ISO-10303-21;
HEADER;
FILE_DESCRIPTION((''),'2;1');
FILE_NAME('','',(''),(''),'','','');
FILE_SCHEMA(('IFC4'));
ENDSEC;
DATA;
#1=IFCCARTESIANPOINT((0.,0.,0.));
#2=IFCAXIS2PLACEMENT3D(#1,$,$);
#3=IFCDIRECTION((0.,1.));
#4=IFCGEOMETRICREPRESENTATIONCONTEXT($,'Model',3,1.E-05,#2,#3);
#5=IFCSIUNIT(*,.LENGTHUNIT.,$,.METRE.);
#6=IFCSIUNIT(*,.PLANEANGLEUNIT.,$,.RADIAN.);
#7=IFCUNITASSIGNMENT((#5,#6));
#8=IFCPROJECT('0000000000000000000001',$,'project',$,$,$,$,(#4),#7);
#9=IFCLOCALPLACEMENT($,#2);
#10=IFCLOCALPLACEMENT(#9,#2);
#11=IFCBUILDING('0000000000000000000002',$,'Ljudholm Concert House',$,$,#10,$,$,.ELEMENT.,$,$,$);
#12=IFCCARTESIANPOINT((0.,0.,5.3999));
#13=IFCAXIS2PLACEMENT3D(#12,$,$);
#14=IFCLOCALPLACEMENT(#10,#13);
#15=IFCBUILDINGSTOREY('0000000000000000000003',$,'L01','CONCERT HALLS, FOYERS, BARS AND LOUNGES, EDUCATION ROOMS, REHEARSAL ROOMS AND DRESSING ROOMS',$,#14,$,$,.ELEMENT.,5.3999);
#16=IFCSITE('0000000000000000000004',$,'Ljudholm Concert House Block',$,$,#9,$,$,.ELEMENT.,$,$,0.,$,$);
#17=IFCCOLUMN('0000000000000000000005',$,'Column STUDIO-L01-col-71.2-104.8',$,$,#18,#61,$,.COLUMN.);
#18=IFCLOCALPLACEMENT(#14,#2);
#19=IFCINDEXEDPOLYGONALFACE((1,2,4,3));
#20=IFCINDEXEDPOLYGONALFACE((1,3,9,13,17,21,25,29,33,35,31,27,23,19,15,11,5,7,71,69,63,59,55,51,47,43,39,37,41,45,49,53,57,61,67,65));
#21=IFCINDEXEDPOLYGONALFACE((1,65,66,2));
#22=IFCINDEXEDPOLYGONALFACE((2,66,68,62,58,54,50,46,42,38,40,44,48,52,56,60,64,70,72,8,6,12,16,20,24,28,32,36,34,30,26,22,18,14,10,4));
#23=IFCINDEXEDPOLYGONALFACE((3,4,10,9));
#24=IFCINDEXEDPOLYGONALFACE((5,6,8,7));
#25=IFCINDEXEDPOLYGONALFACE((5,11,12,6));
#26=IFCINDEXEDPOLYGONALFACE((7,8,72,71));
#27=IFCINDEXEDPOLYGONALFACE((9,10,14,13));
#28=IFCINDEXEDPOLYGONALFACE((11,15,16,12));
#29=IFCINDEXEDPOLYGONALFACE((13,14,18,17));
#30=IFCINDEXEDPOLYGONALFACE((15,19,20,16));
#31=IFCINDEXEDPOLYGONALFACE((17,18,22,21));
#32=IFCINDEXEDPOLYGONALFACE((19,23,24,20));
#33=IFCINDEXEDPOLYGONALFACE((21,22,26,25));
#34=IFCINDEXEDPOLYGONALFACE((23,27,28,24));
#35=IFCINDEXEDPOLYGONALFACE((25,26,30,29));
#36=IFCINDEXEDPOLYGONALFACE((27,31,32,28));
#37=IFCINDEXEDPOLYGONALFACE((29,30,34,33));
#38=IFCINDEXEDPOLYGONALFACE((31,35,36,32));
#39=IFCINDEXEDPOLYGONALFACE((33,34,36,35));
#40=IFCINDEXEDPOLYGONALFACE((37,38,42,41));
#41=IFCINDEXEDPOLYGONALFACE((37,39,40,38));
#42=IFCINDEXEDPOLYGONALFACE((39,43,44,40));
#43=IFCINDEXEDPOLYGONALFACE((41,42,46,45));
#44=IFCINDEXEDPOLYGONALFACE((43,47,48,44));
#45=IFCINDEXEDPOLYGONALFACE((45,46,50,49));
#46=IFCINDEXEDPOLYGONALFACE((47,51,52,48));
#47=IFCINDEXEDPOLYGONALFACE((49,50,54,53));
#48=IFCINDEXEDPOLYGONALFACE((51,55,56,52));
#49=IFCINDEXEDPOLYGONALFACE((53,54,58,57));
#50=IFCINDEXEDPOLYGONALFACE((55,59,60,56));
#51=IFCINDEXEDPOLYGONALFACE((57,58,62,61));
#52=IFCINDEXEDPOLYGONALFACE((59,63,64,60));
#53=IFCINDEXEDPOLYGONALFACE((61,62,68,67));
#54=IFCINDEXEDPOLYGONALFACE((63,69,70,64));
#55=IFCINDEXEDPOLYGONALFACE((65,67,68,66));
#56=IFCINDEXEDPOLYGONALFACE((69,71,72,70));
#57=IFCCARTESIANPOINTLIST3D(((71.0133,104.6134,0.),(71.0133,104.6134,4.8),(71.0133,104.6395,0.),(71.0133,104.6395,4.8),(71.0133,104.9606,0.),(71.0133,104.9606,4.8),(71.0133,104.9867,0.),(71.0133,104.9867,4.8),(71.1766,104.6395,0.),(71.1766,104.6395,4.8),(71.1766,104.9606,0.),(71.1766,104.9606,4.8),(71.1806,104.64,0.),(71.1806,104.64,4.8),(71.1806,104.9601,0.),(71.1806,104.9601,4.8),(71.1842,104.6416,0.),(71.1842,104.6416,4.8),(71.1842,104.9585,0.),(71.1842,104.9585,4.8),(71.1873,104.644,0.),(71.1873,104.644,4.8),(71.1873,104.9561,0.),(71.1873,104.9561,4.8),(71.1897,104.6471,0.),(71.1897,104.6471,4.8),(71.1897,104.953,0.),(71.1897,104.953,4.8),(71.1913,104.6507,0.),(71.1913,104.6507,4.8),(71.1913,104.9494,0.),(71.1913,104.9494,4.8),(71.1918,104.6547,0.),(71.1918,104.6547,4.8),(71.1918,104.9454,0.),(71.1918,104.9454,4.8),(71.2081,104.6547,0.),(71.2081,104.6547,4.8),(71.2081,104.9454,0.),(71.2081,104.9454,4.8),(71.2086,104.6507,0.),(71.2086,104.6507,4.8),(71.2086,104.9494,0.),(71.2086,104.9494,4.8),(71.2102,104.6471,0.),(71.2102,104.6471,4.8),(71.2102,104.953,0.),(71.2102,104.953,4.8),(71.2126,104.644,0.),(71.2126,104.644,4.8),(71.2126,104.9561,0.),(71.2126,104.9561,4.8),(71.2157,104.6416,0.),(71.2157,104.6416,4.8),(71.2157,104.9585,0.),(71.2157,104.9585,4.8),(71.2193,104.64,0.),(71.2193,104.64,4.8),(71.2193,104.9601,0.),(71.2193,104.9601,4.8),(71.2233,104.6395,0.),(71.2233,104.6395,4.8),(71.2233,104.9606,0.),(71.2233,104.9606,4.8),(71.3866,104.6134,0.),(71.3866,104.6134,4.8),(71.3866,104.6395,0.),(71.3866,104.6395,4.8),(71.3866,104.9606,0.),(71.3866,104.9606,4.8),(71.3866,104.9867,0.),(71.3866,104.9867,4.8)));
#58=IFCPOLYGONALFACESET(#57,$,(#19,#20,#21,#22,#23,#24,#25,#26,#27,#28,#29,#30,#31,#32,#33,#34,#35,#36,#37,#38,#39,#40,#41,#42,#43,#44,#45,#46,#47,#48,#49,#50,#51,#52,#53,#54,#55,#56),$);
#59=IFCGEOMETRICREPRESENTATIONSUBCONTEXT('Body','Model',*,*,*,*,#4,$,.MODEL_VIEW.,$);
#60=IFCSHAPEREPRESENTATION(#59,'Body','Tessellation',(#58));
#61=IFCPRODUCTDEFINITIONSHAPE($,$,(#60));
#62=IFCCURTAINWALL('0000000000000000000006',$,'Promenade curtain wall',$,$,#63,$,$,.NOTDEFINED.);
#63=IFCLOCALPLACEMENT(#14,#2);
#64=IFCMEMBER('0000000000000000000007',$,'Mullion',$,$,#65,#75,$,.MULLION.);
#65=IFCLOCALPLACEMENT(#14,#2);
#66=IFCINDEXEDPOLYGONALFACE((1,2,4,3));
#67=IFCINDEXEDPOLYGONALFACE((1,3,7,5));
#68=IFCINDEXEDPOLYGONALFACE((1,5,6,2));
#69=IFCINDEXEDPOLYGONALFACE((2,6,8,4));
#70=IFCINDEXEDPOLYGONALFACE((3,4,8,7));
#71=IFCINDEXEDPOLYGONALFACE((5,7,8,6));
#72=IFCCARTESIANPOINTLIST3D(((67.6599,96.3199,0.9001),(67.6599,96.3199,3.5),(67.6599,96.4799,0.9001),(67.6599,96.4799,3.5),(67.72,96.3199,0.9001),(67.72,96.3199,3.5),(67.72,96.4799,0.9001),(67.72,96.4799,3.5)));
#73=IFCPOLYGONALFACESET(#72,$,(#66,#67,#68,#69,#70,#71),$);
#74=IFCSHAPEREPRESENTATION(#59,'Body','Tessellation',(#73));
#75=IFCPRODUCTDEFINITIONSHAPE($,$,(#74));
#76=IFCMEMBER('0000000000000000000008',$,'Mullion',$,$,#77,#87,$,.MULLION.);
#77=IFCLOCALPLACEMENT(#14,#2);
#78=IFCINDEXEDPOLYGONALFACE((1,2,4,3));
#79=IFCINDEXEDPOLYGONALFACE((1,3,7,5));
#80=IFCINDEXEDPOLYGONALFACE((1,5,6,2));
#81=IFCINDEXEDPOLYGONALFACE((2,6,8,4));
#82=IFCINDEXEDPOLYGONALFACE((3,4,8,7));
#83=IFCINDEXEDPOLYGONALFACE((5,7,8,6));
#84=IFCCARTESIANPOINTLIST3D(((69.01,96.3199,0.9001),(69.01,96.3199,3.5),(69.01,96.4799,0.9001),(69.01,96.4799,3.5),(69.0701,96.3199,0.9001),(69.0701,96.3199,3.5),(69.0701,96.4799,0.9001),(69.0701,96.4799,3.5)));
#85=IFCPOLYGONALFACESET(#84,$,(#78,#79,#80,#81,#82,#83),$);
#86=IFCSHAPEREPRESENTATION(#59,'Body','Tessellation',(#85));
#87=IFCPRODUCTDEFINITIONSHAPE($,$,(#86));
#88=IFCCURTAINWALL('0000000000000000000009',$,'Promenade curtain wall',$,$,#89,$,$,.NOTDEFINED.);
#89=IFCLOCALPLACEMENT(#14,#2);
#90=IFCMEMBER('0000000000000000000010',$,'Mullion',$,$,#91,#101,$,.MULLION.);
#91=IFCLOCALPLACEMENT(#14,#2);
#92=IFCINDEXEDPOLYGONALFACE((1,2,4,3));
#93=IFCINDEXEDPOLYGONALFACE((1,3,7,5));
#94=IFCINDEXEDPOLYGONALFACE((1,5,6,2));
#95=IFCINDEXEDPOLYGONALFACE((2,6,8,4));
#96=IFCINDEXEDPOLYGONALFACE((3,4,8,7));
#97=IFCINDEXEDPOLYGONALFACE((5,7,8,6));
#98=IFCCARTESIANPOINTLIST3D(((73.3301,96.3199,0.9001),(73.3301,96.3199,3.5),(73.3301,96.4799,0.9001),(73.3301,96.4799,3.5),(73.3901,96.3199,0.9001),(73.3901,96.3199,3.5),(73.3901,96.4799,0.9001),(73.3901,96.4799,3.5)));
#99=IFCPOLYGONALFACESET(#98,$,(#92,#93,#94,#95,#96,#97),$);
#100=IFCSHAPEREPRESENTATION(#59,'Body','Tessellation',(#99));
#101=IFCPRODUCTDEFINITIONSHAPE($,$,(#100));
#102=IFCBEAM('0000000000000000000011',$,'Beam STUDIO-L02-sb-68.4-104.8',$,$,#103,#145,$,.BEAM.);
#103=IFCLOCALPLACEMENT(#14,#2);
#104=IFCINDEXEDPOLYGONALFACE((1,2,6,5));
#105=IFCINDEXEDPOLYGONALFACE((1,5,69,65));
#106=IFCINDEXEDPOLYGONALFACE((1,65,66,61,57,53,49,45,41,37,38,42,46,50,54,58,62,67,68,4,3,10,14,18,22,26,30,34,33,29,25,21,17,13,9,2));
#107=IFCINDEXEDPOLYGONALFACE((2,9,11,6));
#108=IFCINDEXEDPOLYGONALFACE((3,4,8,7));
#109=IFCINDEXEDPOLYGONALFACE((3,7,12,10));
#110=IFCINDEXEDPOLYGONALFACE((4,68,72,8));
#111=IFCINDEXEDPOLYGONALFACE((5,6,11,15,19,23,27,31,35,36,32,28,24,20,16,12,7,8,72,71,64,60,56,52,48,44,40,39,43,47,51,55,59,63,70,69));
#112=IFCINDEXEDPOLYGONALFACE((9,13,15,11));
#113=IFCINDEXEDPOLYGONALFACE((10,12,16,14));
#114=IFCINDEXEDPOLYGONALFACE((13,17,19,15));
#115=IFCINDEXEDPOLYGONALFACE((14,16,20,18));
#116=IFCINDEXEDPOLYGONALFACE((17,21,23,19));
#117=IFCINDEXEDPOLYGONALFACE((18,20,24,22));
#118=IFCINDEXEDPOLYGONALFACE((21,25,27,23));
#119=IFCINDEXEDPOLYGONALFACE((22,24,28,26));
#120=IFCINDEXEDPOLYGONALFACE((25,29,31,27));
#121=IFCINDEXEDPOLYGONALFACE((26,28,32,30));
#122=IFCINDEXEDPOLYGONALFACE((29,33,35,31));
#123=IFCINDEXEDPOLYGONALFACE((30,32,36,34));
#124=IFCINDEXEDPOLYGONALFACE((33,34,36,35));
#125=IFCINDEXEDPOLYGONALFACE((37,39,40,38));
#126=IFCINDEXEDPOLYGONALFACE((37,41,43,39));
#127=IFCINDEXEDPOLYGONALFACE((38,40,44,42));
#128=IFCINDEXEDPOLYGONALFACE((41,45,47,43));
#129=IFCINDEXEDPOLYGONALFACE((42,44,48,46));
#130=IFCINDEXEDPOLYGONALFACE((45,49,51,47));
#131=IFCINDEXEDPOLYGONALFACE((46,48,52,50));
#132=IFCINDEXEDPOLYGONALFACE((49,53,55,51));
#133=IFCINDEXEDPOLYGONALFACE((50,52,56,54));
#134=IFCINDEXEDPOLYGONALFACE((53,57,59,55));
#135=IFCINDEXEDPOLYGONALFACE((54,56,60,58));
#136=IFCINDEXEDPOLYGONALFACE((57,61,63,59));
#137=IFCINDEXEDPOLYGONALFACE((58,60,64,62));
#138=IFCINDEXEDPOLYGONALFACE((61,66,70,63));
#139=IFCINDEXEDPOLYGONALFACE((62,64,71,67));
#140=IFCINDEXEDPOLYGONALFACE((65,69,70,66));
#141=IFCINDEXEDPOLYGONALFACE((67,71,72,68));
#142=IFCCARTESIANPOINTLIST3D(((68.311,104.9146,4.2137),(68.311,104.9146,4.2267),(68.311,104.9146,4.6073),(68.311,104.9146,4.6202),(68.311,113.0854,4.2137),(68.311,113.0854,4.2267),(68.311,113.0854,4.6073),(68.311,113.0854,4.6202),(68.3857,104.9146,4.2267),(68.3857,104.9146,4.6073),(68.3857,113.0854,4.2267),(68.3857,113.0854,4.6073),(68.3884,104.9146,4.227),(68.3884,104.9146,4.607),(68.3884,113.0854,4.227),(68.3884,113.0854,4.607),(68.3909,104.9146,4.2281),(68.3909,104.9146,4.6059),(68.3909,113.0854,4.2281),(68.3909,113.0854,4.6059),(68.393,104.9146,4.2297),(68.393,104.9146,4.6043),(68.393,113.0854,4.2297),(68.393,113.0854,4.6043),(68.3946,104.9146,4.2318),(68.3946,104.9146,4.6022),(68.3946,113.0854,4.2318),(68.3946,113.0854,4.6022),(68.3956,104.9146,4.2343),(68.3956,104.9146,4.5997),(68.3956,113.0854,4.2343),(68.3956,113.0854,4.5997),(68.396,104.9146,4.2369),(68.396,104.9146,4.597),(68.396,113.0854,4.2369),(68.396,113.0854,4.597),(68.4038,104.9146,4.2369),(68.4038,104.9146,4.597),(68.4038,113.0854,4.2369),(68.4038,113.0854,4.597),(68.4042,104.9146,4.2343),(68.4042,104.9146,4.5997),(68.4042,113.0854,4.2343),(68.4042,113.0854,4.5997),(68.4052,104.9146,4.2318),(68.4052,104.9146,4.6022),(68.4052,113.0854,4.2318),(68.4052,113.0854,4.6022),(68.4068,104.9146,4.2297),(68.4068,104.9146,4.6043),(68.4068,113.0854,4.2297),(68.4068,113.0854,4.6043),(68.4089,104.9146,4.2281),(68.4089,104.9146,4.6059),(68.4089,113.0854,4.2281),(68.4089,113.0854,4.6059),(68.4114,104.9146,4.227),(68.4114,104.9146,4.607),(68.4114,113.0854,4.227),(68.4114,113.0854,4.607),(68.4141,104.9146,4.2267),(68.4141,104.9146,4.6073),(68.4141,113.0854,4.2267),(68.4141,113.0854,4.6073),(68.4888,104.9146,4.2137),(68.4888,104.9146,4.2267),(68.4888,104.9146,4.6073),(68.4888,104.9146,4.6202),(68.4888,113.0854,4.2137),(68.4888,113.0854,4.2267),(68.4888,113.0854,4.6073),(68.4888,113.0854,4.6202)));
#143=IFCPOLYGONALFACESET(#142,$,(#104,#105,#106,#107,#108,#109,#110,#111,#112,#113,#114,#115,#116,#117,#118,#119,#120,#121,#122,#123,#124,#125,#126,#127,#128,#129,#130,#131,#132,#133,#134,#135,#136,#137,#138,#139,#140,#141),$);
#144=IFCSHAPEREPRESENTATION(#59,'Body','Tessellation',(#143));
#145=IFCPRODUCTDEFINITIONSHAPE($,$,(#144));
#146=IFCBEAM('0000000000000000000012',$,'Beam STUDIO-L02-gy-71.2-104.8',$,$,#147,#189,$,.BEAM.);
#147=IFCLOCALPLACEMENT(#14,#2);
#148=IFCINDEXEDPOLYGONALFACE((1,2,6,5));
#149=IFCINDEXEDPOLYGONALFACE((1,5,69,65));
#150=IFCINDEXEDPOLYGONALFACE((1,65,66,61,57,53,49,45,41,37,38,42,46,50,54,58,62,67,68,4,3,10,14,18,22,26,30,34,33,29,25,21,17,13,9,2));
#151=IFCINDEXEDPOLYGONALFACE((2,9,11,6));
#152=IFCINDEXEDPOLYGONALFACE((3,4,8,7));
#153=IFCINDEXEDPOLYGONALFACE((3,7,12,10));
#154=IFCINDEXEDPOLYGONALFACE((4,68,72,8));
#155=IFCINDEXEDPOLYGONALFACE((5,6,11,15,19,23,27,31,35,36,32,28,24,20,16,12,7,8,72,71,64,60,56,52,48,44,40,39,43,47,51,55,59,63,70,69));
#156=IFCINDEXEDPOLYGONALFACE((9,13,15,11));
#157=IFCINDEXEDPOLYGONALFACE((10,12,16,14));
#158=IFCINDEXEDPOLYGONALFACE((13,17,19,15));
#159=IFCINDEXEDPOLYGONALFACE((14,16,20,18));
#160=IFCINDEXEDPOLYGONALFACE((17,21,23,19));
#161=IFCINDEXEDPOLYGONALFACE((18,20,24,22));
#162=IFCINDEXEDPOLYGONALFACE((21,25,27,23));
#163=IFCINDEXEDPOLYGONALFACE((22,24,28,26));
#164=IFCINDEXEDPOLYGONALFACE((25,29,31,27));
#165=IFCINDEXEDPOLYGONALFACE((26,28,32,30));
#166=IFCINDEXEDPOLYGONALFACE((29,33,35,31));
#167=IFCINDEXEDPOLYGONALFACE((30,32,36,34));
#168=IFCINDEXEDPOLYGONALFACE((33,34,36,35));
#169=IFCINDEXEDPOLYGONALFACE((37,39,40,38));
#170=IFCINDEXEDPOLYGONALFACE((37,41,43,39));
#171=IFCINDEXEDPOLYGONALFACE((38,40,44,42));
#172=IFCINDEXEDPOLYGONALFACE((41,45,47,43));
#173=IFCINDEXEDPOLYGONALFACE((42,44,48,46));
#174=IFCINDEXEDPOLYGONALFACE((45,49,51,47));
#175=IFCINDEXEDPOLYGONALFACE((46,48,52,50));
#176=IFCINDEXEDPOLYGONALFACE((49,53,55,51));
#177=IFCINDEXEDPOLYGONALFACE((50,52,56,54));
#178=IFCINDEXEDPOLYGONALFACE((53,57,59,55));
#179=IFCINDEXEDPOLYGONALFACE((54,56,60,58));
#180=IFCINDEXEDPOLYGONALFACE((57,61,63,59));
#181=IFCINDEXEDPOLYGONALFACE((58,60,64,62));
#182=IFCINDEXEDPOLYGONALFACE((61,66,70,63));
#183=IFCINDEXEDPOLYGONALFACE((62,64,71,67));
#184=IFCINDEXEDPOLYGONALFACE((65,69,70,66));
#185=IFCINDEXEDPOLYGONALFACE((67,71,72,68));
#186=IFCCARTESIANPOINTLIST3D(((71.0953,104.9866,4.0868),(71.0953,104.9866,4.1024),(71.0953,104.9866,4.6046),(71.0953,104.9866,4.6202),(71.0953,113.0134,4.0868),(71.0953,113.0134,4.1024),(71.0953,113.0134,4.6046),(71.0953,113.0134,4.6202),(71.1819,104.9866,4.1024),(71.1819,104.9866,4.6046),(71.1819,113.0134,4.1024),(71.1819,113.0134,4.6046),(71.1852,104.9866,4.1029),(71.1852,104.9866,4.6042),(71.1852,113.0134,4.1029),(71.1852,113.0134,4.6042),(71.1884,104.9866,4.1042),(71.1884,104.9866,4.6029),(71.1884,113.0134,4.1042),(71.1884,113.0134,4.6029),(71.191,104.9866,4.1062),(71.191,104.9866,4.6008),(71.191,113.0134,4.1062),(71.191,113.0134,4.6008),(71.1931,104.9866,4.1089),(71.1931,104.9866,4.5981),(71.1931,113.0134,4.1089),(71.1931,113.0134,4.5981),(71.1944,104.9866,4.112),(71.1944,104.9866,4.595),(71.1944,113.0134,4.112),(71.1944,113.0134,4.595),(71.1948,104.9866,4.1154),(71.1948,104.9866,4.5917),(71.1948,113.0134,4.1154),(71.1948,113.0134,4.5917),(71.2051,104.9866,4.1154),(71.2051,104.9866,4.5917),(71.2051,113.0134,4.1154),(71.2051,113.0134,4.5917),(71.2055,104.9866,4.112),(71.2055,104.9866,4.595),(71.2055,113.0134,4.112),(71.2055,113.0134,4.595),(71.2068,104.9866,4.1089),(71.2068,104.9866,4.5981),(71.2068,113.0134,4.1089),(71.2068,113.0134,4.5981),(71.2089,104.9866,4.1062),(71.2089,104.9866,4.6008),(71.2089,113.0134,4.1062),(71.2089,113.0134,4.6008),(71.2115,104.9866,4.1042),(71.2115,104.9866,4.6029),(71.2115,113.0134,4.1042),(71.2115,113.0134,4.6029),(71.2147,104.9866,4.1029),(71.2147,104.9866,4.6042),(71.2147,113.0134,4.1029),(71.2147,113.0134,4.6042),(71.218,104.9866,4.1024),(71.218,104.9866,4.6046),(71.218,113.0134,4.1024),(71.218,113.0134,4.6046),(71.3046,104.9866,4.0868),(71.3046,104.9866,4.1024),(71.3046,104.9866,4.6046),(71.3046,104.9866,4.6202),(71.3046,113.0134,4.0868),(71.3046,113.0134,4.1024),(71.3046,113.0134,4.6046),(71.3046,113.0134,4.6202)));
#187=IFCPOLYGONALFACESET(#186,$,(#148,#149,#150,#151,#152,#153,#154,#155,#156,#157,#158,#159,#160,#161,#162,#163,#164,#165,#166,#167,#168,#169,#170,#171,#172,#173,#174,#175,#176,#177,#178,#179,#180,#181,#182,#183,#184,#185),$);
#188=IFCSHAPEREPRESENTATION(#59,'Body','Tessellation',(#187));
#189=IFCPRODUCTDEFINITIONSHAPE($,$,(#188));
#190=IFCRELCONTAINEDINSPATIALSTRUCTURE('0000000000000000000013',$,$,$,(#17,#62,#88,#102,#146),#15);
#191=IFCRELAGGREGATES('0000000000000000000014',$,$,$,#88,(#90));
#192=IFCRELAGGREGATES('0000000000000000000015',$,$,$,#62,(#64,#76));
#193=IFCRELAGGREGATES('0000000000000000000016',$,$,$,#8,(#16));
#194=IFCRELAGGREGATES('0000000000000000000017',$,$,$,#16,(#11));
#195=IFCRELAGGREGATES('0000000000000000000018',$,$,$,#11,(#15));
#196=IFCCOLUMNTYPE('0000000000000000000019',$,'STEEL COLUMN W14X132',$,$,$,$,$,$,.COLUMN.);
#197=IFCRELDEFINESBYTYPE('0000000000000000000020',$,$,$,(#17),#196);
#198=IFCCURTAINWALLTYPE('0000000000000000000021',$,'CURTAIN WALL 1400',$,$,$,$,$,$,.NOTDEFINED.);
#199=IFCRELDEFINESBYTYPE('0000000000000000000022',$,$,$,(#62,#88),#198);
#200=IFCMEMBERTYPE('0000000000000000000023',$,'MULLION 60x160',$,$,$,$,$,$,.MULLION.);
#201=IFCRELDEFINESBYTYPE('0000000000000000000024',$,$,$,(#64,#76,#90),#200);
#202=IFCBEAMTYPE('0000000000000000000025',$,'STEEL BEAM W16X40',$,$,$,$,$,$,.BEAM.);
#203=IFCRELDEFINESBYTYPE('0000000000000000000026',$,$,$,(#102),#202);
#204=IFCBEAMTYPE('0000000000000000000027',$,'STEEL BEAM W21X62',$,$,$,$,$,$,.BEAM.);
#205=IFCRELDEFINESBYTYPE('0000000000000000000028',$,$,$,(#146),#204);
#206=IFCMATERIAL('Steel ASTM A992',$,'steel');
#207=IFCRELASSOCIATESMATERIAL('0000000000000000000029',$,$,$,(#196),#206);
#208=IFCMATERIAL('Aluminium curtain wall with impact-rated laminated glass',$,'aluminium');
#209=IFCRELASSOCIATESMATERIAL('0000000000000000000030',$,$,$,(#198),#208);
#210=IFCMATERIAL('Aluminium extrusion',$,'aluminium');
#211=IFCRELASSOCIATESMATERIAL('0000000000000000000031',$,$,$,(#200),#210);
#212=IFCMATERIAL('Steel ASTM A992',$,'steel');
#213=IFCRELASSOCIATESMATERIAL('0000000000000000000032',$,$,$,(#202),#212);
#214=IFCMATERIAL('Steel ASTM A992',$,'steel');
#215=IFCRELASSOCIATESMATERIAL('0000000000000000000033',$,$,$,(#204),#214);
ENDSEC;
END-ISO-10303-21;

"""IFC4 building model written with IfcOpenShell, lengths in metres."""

from ifc_helpers import new_model, si_unit, direction, frame, origin, origin_2d, place, context, subcontext, project, spatial, rectangle, i_section, extrude, material, material_profile, profile_set, type_object, element, aggregate, save


model = new_model("IFC4")

# Units and contexts
model_context = context("Model", 3, precision=1e-05, world=origin(), true_north=direction((0.0, 1.0)))
body_context = subcontext(model_context, "Body", "Model", "MODEL_VIEW")
ifc_project = project(units=[si_unit("LENGTHUNIT", "METRE"), si_unit("PLANEANGLEUNIT", "RADIAN")], contexts=[model_context])

# Site, building, storey
site_placement = place(None, origin())
site = spatial("IfcSite", under=ifc_project, at=site_placement, Name="Ljudholm Concert House Block", CompositionType="ELEMENT", RefElevation=0.0)
building_placement = place(site_placement, origin())
building = spatial("IfcBuilding", under=site, at=building_placement, Name="Ljudholm Concert House", CompositionType="ELEMENT")
storey_placement = place(building_placement, frame((0.0, 0.0, 5.3999)))
storey = spatial("IfcBuildingStorey", under=building, at=storey_placement, Name="L01", Description="CONCERT HALLS, FOYERS, BARS AND LOUNGES, EDUCATION ROOMS, REHEARSAL ROOMS AND DRESSING ROOMS", CompositionType="ELEMENT", Elevation=5.3999)

# Column
ifc_material_1 = material(Name="Steel ASTM A992", Category="steel")
ifc_material_profile_1 = material_profile(ifc_material_1, i_section(OverallWidth=0.3733, OverallDepth=0.3733, WebThickness=0.0164, FlangeThickness=0.0261, FilletRadius=0.0151, at=origin_2d()), Name="W14X132")
ifc_profile_set_1 = profile_set([ifc_material_profile_1], Name="Steel ASTM A992")
column_type = type_object("IfcColumnType", Name="STEEL COLUMN W14X132", PredefinedType="COLUMN", material=ifc_profile_set_1)
column_placement = place(storey_placement, frame((71.2, 104.8, 0.0), z_axis=(0.0, 0.0, 1.0), x_axis=(1.0, 0.0, 0.0)))
element("IfcColumn", 1, at=column_placement, inside=storey, type_object=column_type, Name="Column STUDIO-L01-col-71.2-104.8", PredefinedType="COLUMN", context=body_context, shape_type="SweptSolid", body=[
    extrude(i_section(OverallWidth=0.3733, OverallDepth=0.3733, WebThickness=0.0164, FlangeThickness=0.0261, FilletRadius=0.0151, at=origin_2d()), origin(), (0.0, 0.0, 1.0), 4.8),
])

# Curtain wall, members
ifc_material_2 = material(Name="Aluminium curtain wall with impact-rated laminated glass", Category="aluminium")
curtain_wall_type = type_object("IfcCurtainWallType", Name="CURTAIN WALL 1400", PredefinedType="NOTDEFINED", material=ifc_material_2)
curtain_wall_1_placement = place(storey_placement, origin())
curtain_wall_1 = element("IfcCurtainWall", 2, at=curtain_wall_1_placement, inside=storey, type_object=curtain_wall_type, Name="Promenade curtain wall", PredefinedType="NOTDEFINED")
ifc_material_3 = material(Name="Aluminium extrusion", Category="aluminium")
ifc_material_profile_2 = material_profile(ifc_material_3, rectangle(XDim=0.1599, YDim=0.0601, at=origin_2d()), Name="MULLION 60x160")
ifc_profile_set_2 = profile_set([ifc_material_profile_2], Name="Aluminium extrusion")
member_type_1 = type_object("IfcMemberType", Name="MULLION 60x160", PredefinedType="MULLION", material=ifc_profile_set_2)
member_1_placement = place(storey_placement, frame((67.6899, 96.3999, 0.9001), z_axis=(0.0, 0.0, 1.0), x_axis=(0.0, 1.0, 0.0)))
member_1 = element("IfcMember", 3, at=member_1_placement, type_object=member_type_1, Name="Mullion", PredefinedType="MULLION", context=body_context, shape_type="SweptSolid", body=[
    extrude(rectangle(XDim=0.1599, YDim=0.0601, at=origin_2d()), origin(), (0.0, 0.0, 1.0), 2.5999),
])
member_2_placement = place(storey_placement, frame((69.04, 96.3999, 0.9001), z_axis=(0.0, 0.0, 1.0), x_axis=(0.0, 1.0, 0.0)))
member_2 = element("IfcMember", 4, at=member_2_placement, type_object=member_type_1, Name="Mullion", PredefinedType="MULLION", context=body_context, shape_type="SweptSolid", body=[
    extrude(rectangle(XDim=0.1599, YDim=0.0601, at=origin_2d()), origin(), (0.0, 0.0, 1.0), 2.5999),
])

# Curtain wall, member
curtain_wall_2_placement = place(storey_placement, origin())
curtain_wall_2 = element("IfcCurtainWall", 5, at=curtain_wall_2_placement, inside=storey, type_object=curtain_wall_type, Name="Promenade curtain wall", PredefinedType="NOTDEFINED")
member_3_placement = place(storey_placement, frame((73.3601, 96.3999, 0.9001), z_axis=(0.0, 0.0, 1.0), x_axis=(0.0, 1.0, 0.0)))
member_3 = element("IfcMember", 6, at=member_3_placement, type_object=member_type_1, Name="Mullion", PredefinedType="MULLION", context=body_context, shape_type="SweptSolid", body=[
    extrude(rectangle(XDim=0.1599, YDim=0.0601, at=origin_2d()), origin(), (0.0, 0.0, 1.0), 2.5999),
])
aggregate(curtain_wall_2, [member_3])

# Beams
ifc_material_4 = material(Name="Steel ASTM A992", Category="steel")
ifc_material_profile_3 = material_profile(ifc_material_4, i_section(OverallWidth=0.1777, OverallDepth=0.4065, WebThickness=0.0078, FlangeThickness=0.0129, FilletRadius=0.0103, at=origin_2d()), Name="W16X40")
ifc_profile_set_3 = profile_set([ifc_material_profile_3], Name="Steel ASTM A992")
beam_type_1 = type_object("IfcBeamType", Name="STEEL BEAM W16X40", PredefinedType="BEAM", material=ifc_profile_set_3)
beam_1_placement = place(storey_placement, frame((68.3999, 104.9146, 4.417), z_axis=(0.0, 1.0, 0.0), x_axis=(-1.0, 0.0, 0.0)))
element("IfcBeam", 7, at=beam_1_placement, inside=storey, type_object=beam_type_1, Name="Beam STUDIO-L02-sb-68.4-104.8", PredefinedType="BEAM", context=body_context, shape_type="SweptSolid", body=[
    extrude(i_section(OverallWidth=0.1777, OverallDepth=0.4065, WebThickness=0.0078, FlangeThickness=0.0129, FilletRadius=0.0103, at=origin_2d()), origin(), (0.0, 0.0, 1.0), 8.1709),
])
ifc_material_5 = material(Name="Steel ASTM A992", Category="steel")
ifc_material_profile_4 = material_profile(ifc_material_5, i_section(OverallWidth=0.2092, OverallDepth=0.5334, WebThickness=0.0103, FlangeThickness=0.0156, FilletRadius=0.0129, at=origin_2d()), Name="W21X62")
ifc_profile_set_4 = profile_set([ifc_material_profile_4], Name="Steel ASTM A992")
beam_type_2 = type_object("IfcBeamType", Name="STEEL BEAM W21X62", PredefinedType="BEAM", material=ifc_profile_set_4)
beam_2_placement = place(storey_placement, frame((71.2, 104.9866, 4.3535), z_axis=(0.0, 1.0, 0.0), x_axis=(-1.0, 0.0, 0.0)))
element("IfcBeam", 8, at=beam_2_placement, inside=storey, type_object=beam_type_2, Name="Beam STUDIO-L02-gy-71.2-104.8", PredefinedType="BEAM", context=body_context, shape_type="SweptSolid", body=[
    extrude(i_section(OverallWidth=0.2092, OverallDepth=0.5334, WebThickness=0.0103, FlangeThickness=0.0156, FilletRadius=0.0129, at=origin_2d()), origin(), (0.0, 0.0, 1.0), 8.0269),
])

aggregate(curtain_wall_1, [member_1, member_2])

save(model, "model.ifc")
